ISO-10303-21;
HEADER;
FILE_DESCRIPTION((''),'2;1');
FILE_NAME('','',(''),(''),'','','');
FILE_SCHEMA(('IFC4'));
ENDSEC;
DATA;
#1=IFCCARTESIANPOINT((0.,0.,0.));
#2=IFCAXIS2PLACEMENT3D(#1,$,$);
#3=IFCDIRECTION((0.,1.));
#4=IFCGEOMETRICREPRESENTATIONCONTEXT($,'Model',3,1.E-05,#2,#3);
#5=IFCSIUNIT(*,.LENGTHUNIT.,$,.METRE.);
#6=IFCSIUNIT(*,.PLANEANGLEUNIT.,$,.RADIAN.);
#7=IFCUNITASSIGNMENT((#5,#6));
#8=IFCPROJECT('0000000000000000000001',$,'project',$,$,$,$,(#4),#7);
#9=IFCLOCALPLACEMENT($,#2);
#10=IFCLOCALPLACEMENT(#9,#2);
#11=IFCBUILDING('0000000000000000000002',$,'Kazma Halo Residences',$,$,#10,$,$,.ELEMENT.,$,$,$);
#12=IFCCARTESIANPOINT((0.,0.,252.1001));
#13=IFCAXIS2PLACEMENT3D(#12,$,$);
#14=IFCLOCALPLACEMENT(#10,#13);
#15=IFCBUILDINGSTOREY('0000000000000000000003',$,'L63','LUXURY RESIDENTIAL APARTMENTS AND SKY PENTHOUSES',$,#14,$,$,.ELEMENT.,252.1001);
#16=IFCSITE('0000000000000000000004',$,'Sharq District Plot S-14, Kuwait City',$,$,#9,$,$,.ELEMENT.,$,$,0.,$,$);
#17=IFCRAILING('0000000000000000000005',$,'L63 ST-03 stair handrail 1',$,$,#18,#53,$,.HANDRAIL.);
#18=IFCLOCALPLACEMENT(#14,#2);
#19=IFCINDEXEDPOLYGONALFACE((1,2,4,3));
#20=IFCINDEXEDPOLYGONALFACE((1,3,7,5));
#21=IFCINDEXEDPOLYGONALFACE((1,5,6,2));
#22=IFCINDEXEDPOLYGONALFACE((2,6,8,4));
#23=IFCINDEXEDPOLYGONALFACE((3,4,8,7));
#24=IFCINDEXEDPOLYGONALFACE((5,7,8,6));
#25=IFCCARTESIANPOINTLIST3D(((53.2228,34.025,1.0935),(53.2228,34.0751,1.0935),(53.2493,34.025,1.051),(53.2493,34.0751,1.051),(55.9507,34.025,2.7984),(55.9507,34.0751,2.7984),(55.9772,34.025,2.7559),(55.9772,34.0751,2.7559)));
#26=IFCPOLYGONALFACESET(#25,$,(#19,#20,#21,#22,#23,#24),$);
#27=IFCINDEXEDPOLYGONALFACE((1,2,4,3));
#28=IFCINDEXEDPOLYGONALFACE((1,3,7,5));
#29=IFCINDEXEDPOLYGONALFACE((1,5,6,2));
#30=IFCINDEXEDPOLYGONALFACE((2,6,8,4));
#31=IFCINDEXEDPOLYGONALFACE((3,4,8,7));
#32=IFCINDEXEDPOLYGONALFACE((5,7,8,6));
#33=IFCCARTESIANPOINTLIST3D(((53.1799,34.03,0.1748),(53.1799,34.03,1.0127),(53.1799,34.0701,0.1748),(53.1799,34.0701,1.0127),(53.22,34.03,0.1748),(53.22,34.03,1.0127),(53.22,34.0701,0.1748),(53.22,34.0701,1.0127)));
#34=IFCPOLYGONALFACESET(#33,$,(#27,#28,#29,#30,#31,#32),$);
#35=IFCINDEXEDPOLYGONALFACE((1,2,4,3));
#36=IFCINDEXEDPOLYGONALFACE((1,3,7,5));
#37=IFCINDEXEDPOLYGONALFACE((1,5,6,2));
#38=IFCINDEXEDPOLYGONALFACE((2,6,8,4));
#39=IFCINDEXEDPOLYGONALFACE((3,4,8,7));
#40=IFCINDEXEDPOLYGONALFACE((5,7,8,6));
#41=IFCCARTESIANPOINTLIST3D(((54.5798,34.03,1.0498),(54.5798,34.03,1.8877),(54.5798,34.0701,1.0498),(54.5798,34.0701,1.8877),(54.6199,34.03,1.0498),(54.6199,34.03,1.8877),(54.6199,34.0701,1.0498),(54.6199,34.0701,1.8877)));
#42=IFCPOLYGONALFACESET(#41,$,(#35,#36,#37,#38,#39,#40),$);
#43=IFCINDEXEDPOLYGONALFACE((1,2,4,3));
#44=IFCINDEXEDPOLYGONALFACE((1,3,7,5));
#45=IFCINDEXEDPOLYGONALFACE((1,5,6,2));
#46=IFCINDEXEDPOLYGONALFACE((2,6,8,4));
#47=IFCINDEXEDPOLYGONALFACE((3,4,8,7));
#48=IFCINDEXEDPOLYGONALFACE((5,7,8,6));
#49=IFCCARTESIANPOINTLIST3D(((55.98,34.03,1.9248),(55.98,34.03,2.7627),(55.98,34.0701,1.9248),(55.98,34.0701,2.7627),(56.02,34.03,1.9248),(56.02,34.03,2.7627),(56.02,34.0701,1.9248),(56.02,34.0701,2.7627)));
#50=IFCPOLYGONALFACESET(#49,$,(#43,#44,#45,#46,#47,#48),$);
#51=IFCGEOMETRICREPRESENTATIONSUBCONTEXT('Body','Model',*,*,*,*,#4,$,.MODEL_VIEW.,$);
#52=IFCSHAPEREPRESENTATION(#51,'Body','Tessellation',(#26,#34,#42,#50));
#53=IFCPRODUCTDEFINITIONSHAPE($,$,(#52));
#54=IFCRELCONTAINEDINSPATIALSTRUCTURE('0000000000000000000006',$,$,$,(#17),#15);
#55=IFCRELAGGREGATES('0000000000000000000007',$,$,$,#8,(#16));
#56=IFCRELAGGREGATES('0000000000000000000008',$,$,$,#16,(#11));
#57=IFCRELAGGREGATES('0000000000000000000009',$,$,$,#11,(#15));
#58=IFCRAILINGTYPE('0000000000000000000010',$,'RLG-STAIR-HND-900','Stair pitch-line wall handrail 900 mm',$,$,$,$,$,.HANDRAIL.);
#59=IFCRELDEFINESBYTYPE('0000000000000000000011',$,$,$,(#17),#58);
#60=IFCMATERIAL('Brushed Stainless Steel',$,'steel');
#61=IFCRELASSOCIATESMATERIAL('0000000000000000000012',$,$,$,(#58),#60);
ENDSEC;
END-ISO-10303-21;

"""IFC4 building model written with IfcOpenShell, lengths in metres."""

from ifc_helpers import new_model, si_unit, direction, frame, origin, origin_2d, place, context, subcontext, project, spatial, rectangle, extrude, material, type_object, element, save


model = new_model("IFC4")

# Units and contexts
model_context = context("Model", 3, precision=1e-05, world=origin(), true_north=direction((0.0, 1.0)))
body_context = subcontext(model_context, "Body", "Model", "MODEL_VIEW")
ifc_project = project(units=[si_unit("LENGTHUNIT", "METRE"), si_unit("PLANEANGLEUNIT", "RADIAN")], contexts=[model_context])

# Site, building, storey
site_placement = place(None, origin())
site = spatial("IfcSite", under=ifc_project, at=site_placement, Name="Sharq District Plot S-14, Kuwait City", CompositionType="ELEMENT", RefElevation=0.0)
building_placement = place(site_placement, origin())
building = spatial("IfcBuilding", under=site, at=building_placement, Name="Kazma Halo Residences", CompositionType="ELEMENT")
storey_placement = place(building_placement, frame((0.0, 0.0, 252.1001)))
storey = spatial("IfcBuildingStorey", under=building, at=storey_placement, Name="L63", Description="LUXURY RESIDENTIAL APARTMENTS AND SKY PENTHOUSES", CompositionType="ELEMENT", Elevation=252.1001)

# Railing
ifc_material_1 = material(Name="Brushed Stainless Steel", Category="steel")
railing_type_1 = type_object("IfcRailingType", Name="RLG-STAIR-HND-900", Description="Stair pitch-line wall handrail 900 mm", PredefinedType="HANDRAIL", material=ifc_material_1)
railing_1_placement = place(storey_placement, frame((53.2, 34.05, 0.1748)))
element("IfcRailing", 1, at=railing_1_placement, inside=storey, type_object=railing_type_1, Name="L63 ST-03 stair handrail 1", PredefinedType="HANDRAIL", context=body_context, shape_type="SweptSolid", body=[
    extrude(rectangle(XDim=0.05, YDim=0.05, at=origin_2d()), frame((0.0361, 0.0, 0.8975), z_axis=(0.848002, 0.0, 0.529992), x_axis=(0.0, 1.0, 0.0)), (0.0, 0.0, 1.0), 3.2168),
    extrude(rectangle(XDim=0.04, YDim=0.04, at=origin_2d()), origin(), (0.0, 0.0, 1.0), 0.8379),
    extrude(rectangle(XDim=0.04, YDim=0.04, at=origin_2d()), frame((1.3999, 0.0, 0.875)), (0.0, 0.0, 1.0), 0.8379),
    extrude(rectangle(XDim=0.04, YDim=0.04, at=origin_2d()), frame((2.8, 0.0, 1.75)), (0.0, 0.0, 1.0), 0.8379),
])

save(model, "model.ifc")
